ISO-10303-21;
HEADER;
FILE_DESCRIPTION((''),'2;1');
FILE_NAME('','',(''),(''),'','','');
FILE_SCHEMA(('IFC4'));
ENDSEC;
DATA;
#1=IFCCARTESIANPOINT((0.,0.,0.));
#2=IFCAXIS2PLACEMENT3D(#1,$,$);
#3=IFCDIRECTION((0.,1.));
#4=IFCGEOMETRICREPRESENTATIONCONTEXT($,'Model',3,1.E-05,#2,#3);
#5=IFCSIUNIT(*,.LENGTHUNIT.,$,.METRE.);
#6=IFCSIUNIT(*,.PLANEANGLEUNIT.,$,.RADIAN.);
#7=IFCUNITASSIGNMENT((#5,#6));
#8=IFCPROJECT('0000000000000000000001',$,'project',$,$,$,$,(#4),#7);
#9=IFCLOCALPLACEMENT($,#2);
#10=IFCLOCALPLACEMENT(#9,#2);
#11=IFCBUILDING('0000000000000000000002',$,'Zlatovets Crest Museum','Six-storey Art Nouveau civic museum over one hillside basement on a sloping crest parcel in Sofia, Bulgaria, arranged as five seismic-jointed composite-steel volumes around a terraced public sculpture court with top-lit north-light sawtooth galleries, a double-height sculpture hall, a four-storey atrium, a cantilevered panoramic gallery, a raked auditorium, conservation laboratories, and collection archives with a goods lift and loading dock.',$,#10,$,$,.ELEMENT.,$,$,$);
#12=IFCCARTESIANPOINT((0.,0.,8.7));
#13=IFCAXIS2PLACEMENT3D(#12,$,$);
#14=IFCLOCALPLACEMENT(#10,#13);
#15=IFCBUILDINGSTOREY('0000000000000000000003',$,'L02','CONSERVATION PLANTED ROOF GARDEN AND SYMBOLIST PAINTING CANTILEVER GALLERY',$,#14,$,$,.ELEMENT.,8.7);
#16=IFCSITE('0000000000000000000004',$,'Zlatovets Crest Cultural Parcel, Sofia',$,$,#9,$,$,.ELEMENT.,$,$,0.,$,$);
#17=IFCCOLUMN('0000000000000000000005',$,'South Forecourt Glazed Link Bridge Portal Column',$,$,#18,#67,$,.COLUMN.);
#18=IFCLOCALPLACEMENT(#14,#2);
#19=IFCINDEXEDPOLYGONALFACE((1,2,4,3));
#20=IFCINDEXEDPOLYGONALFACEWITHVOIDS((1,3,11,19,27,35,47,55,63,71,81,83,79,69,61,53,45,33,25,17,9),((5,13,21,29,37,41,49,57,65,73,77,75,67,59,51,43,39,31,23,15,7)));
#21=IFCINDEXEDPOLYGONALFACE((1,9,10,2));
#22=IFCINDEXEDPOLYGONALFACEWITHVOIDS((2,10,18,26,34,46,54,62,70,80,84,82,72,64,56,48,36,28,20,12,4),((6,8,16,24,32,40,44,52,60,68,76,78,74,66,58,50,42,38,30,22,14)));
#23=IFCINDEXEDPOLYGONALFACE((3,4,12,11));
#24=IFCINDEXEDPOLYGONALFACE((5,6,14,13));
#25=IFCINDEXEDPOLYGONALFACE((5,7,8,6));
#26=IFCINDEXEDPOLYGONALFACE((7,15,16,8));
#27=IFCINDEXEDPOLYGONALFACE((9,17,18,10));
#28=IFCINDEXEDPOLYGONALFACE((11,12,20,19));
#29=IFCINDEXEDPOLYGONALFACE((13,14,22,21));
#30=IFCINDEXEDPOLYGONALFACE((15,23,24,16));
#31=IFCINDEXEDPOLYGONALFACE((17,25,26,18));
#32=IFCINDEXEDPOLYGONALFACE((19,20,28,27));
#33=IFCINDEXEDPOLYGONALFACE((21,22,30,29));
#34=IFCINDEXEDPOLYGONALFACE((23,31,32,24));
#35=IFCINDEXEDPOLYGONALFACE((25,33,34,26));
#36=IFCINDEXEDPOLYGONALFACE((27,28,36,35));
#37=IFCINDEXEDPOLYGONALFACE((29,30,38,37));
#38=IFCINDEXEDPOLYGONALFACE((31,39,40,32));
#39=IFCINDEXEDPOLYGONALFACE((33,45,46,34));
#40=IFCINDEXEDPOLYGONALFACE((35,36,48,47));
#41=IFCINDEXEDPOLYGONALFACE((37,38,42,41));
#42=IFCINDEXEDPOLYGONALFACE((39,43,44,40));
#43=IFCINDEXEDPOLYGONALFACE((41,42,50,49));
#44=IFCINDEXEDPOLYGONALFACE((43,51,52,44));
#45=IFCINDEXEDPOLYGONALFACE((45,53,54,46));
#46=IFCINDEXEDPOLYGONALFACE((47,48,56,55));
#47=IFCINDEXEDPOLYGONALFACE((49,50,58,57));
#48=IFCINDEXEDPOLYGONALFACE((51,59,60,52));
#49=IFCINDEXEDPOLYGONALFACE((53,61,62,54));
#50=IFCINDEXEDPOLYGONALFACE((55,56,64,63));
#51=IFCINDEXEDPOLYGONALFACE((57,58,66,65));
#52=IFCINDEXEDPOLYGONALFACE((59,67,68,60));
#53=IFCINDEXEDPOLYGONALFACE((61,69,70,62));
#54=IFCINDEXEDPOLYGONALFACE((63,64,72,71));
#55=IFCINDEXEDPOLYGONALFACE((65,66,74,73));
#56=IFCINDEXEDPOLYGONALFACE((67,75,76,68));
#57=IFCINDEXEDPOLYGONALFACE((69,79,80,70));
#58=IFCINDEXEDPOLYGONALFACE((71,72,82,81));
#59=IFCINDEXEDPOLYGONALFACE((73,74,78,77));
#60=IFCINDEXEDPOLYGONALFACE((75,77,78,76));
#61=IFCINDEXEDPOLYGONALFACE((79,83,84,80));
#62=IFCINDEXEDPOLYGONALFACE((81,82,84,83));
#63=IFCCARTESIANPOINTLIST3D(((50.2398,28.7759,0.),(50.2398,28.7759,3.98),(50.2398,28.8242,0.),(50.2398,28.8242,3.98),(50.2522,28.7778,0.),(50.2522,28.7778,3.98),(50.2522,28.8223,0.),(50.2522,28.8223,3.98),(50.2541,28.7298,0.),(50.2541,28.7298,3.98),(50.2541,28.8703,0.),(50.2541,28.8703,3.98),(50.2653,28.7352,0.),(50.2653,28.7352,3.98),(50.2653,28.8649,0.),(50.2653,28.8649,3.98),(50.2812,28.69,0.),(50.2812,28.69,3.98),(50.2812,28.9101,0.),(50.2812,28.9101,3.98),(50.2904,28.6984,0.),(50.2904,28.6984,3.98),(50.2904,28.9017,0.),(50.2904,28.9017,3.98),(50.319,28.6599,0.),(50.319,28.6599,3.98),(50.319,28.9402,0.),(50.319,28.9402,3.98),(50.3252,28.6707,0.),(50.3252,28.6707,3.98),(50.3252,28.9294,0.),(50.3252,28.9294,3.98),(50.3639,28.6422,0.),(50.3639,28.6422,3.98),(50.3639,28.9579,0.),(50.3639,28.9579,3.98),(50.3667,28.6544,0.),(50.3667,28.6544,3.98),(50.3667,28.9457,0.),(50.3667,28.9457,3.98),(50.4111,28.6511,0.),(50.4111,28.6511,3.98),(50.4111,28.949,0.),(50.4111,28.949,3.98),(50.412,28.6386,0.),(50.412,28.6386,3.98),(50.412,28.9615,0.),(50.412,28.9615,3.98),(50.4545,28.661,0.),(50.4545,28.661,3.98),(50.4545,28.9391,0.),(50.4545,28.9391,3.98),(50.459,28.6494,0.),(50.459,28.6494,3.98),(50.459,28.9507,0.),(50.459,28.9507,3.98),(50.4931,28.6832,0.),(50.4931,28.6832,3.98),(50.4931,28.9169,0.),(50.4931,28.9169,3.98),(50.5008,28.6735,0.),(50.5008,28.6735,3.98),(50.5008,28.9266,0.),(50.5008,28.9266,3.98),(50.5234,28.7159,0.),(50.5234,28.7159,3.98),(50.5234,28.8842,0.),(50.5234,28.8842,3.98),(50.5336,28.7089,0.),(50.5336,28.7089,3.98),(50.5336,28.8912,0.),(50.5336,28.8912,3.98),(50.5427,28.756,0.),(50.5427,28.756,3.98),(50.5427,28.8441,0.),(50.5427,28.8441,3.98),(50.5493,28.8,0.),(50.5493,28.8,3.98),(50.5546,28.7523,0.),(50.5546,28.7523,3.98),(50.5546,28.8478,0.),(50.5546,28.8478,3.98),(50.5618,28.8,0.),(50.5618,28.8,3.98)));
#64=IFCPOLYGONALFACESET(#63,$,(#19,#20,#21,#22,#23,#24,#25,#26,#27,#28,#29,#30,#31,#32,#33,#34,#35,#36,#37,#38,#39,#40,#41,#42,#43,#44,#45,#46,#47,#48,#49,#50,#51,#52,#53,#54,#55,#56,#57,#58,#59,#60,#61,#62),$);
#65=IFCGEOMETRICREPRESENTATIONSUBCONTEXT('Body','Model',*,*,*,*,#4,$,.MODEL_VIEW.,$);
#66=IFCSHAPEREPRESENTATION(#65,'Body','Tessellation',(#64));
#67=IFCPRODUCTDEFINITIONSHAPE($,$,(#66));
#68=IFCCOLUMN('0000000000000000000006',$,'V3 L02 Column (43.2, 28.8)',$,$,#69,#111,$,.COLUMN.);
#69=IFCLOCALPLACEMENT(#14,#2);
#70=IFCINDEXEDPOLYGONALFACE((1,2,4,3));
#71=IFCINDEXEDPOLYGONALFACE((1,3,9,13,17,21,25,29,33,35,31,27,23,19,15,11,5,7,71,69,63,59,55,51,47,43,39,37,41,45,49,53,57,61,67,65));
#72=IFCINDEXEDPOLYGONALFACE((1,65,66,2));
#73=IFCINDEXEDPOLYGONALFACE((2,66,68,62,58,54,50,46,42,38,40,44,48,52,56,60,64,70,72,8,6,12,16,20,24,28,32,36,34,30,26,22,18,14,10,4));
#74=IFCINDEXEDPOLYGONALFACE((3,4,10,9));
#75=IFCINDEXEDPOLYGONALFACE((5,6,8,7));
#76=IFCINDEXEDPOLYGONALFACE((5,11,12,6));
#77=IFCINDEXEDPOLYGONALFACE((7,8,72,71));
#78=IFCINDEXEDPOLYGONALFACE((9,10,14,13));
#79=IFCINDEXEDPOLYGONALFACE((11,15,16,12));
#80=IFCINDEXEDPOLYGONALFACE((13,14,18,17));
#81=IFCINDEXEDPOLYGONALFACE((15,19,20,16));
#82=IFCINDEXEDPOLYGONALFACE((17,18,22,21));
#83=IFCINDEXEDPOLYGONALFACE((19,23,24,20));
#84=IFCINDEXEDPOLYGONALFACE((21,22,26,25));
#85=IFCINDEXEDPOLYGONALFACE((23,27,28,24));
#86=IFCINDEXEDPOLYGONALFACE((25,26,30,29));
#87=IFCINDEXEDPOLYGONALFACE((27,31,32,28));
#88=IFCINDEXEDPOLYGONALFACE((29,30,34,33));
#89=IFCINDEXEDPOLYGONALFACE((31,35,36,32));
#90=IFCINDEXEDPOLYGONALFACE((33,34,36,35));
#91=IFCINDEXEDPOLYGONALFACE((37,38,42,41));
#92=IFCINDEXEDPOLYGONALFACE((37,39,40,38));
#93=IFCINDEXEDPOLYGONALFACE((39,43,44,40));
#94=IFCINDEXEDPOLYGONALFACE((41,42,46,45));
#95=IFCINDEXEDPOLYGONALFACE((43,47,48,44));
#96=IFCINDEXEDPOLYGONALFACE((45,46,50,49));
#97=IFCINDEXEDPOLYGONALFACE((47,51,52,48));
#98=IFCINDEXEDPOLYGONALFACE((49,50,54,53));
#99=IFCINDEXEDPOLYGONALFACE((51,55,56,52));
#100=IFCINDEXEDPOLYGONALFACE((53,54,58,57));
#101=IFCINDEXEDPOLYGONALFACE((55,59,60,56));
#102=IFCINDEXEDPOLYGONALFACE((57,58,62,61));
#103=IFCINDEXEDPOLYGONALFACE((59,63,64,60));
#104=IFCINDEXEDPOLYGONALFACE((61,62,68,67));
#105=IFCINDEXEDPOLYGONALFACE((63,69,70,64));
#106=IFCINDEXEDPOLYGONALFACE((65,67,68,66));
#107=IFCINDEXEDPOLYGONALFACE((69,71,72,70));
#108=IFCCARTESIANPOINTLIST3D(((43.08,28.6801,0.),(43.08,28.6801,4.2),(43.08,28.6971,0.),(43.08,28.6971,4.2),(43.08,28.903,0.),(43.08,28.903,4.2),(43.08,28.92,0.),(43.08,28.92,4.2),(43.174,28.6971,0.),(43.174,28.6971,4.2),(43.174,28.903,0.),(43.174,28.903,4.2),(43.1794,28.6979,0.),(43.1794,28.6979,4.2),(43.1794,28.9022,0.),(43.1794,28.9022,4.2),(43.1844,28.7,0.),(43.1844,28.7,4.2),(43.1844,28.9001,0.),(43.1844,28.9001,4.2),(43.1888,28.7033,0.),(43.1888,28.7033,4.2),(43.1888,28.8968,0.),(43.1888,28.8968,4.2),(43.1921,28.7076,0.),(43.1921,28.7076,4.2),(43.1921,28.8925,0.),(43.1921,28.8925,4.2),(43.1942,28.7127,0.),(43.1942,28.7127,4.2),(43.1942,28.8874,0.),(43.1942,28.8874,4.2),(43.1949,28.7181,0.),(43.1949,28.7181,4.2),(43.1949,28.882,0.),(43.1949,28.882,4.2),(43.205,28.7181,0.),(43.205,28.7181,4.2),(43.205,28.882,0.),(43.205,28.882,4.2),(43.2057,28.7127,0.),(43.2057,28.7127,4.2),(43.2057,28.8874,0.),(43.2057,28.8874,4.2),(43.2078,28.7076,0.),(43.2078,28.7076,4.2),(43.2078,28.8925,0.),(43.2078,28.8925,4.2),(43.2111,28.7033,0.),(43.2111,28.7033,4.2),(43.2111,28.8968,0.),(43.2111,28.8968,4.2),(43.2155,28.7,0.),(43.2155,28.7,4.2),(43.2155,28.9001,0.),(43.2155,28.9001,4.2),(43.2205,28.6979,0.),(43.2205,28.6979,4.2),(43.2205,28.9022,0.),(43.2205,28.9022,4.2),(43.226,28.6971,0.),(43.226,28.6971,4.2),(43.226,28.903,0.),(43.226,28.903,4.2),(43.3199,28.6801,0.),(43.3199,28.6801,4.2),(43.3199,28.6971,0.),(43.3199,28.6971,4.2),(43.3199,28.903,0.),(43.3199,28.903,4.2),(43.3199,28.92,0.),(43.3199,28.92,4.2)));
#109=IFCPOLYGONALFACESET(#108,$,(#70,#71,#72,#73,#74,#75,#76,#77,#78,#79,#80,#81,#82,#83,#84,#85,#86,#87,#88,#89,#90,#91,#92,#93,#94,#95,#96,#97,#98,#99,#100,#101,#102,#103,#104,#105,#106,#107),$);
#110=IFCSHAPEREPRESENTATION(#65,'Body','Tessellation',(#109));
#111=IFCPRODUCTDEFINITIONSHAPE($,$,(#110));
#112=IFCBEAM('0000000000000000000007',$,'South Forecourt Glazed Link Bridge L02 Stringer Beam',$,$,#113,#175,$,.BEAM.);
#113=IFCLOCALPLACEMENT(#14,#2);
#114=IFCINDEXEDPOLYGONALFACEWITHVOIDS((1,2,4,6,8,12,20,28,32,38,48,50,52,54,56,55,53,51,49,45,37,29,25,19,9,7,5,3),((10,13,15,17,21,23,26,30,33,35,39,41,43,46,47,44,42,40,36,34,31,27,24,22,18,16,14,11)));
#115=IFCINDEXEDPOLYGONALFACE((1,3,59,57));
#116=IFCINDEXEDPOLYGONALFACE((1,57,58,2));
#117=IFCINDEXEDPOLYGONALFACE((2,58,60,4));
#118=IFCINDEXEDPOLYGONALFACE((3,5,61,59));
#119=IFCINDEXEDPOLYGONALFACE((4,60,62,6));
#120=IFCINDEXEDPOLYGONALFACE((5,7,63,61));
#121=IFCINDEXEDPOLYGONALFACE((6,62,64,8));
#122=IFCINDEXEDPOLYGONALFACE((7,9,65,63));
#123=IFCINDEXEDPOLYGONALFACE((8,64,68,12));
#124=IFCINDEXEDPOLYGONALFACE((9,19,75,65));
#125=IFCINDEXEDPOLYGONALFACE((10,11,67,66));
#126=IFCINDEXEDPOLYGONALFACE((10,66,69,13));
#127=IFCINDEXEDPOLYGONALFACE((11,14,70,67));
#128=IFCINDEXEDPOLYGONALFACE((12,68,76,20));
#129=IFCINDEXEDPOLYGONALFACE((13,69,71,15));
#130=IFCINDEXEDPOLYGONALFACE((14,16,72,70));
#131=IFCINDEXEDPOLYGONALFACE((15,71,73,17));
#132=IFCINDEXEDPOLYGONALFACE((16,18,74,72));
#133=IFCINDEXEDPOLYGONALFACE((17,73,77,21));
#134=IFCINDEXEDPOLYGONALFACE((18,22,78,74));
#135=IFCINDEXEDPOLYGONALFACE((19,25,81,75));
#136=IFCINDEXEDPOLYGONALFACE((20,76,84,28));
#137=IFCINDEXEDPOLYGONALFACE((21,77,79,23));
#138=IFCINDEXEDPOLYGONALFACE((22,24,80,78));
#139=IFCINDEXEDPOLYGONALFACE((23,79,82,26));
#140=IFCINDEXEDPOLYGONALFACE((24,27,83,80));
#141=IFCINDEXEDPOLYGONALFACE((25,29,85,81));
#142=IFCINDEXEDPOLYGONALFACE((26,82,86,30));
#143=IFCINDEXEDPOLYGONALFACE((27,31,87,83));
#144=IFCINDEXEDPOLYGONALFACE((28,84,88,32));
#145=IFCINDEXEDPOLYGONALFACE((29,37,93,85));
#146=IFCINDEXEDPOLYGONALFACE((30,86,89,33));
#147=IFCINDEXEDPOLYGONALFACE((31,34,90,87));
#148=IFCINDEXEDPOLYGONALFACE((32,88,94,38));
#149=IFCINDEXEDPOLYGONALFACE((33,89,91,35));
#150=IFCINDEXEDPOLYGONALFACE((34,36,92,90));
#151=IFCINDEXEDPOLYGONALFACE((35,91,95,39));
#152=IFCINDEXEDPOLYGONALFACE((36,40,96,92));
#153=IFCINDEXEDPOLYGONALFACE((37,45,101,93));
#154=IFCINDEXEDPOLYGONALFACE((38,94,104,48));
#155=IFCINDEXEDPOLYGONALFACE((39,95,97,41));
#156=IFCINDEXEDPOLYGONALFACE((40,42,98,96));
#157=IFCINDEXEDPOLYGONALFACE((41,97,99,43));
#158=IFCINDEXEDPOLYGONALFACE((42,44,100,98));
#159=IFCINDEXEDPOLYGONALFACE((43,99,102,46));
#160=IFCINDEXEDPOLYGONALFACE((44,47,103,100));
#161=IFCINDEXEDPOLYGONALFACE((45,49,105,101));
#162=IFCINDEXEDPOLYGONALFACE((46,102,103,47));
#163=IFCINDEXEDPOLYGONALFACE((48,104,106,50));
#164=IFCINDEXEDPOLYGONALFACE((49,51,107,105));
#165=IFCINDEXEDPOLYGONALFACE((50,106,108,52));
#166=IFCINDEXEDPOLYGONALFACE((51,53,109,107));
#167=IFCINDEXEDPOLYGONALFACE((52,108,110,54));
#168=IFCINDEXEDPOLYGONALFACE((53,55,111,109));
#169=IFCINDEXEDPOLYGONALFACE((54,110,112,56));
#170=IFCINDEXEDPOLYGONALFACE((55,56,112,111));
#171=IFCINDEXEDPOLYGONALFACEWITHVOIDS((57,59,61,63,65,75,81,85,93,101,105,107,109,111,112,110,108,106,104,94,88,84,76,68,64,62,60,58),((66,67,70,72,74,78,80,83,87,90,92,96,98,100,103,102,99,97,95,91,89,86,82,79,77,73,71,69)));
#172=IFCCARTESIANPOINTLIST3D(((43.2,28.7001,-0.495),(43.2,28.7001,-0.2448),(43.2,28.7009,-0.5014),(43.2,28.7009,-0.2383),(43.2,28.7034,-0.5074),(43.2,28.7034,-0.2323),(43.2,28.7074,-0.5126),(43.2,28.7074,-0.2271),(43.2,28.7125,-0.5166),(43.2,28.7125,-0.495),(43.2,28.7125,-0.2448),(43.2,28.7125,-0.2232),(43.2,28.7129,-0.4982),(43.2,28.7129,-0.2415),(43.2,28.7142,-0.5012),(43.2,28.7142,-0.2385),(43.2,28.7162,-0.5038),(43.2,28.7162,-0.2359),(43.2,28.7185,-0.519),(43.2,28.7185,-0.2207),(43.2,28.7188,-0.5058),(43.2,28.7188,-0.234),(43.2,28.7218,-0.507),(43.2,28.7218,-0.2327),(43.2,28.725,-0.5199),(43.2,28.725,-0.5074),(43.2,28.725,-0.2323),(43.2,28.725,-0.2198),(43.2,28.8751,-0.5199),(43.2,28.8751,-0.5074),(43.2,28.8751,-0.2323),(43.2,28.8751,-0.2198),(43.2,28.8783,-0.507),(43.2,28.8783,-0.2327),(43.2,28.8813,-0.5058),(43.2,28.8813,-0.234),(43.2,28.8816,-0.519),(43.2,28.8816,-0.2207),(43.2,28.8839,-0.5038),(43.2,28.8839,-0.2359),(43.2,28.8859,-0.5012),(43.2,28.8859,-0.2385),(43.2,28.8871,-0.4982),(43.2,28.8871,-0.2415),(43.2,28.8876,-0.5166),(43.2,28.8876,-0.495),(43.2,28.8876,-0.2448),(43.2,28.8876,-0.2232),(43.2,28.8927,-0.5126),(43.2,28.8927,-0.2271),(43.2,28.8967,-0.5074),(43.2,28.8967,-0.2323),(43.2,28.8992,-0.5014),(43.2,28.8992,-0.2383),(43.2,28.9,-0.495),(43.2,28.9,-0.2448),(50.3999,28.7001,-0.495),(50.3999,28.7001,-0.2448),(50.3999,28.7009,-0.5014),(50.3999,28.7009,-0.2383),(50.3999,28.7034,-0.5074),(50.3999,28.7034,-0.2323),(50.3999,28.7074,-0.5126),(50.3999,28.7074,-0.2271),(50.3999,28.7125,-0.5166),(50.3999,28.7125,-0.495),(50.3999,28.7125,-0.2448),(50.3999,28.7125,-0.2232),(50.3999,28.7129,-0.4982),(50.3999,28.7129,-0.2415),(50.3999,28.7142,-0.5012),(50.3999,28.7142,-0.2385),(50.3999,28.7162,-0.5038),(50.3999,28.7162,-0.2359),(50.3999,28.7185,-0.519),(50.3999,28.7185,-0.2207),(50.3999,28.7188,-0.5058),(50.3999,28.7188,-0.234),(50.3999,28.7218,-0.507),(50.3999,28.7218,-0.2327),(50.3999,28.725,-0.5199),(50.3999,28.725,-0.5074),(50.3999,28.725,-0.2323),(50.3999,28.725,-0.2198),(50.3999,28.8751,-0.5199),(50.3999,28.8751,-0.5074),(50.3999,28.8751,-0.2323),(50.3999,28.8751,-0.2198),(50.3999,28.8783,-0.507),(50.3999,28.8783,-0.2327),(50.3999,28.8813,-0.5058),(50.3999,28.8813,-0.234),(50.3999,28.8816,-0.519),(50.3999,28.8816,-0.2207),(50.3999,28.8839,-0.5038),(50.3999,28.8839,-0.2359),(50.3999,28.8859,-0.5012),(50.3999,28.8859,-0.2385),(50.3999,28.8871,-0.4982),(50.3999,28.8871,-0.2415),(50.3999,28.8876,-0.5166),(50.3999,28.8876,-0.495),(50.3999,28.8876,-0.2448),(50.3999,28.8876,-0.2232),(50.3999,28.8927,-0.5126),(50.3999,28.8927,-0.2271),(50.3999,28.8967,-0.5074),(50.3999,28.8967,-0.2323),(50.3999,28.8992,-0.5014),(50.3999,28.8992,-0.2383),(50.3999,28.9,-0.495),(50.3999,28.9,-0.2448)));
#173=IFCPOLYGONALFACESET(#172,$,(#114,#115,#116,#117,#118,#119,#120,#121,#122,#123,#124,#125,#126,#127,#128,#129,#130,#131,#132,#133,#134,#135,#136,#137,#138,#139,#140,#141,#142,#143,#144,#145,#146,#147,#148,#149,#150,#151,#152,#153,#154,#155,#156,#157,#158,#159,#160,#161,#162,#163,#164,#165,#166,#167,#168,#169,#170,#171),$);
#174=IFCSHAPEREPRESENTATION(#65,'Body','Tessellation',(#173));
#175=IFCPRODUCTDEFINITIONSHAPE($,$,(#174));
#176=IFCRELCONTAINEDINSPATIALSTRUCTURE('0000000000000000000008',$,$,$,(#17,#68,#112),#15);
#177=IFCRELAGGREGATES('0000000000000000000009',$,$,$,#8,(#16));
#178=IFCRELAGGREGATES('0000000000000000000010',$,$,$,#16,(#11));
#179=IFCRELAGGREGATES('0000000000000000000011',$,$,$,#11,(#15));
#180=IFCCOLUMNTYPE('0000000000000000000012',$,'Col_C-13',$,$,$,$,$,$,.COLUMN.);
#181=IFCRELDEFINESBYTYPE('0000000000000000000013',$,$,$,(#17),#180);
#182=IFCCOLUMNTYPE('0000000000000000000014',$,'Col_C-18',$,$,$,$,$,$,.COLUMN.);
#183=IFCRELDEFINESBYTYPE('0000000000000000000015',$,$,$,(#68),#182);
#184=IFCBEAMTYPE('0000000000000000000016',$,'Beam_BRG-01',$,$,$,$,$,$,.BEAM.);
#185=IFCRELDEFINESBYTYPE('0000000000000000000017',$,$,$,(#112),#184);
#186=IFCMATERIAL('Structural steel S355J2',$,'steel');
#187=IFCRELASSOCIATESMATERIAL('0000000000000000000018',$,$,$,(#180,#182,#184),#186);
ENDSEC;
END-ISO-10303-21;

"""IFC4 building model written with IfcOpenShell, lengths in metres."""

from ifc_helpers import new_model, si_unit, direction, frame, origin, origin_2d, place, context, subcontext, project, spatial, hollow_rectangle, hollow_circle, i_section, extrude, material, material_profile, profile_set, type_object, element, save


model = new_model("IFC4")

# Units and contexts
model_context = context("Model", 3, precision=1e-05, world=origin(), true_north=direction((0.0, 1.0)))
body_context = subcontext(model_context, "Body", "Model", "MODEL_VIEW")
ifc_project = project(units=[si_unit("LENGTHUNIT", "METRE"), si_unit("PLANEANGLEUNIT", "RADIAN")], contexts=[model_context])

# Site, building, storey
site_placement = place(None, origin())
site = spatial("IfcSite", under=ifc_project, at=site_placement, Name="Zlatovets Crest Cultural Parcel, Sofia", CompositionType="ELEMENT", RefElevation=0.0)
building_placement = place(site_placement, origin())
building = spatial("IfcBuilding", under=site, at=building_placement, Name="Zlatovets Crest Museum", Description="Six-storey Art Nouveau civic museum over one hillside basement on a sloping crest parcel in Sofia, Bulgaria, arranged as five seismic-jointed composite-steel volumes around a terraced public sculpture court with top-lit north-light sawtooth galleries, a double-height sculpture hall, a four-storey atrium, a cantilevered panoramic gallery, a raked auditorium, conservation laboratories, and collection archives with a goods lift and loading dock.", CompositionType="ELEMENT")
storey_placement = place(building_placement, frame((0.0, 0.0, 8.7)))
storey = spatial("IfcBuildingStorey", under=building, at=storey_placement, Name="L02", Description="CONSERVATION PLANTED ROOF GARDEN AND SYMBOLIST PAINTING CANTILEVER GALLERY", CompositionType="ELEMENT", Elevation=8.7)

# Columns
ifc_material_1 = material(Name="Structural steel S355J2", Category="steel")
ifc_material_profile_1 = material_profile(ifc_material_1, hollow_circle(Radius=0.1619, WallThickness=0.0125, at=origin_2d()), Name="CHS 323.9x12.5")
ifc_profile_set_1 = profile_set([ifc_material_profile_1], Name="Structural steel S355J2")
column_type_1 = type_object("IfcColumnType", Name="Col_C-13", PredefinedType="COLUMN", material=ifc_profile_set_1)
column_1_placement = place(storey_placement, frame((50.3999, 28.8, 0.0), z_axis=(0.0, 0.0, 1.0), x_axis=(1.0, 0.0, 0.0)))
element("IfcColumn", 1, at=column_1_placement, inside=storey, type_object=column_type_1, Name="South Forecourt Glazed Link Bridge Portal Column", PredefinedType="COLUMN", context=body_context, shape_type="SweptSolid", body=[
    extrude(hollow_circle(Radius=0.1619, WallThickness=0.0125, at=origin_2d()), origin(), (0.0, 0.0, 1.0), 3.98),
])
ifc_material_profile_2 = material_profile(ifc_material_1, i_section(OverallWidth=0.24, OverallDepth=0.24, WebThickness=0.01, FlangeThickness=0.0171, FilletRadius=0.021, at=origin_2d()), Name="HEB 240")
ifc_profile_set_2 = profile_set([ifc_material_profile_2], Name="Structural steel S355J2")
column_type_2 = type_object("IfcColumnType", Name="Col_C-18", PredefinedType="COLUMN", material=ifc_profile_set_2)
column_2_placement = place(storey_placement, frame((43.2, 28.8, 0.0), z_axis=(0.0, 0.0, 1.0), x_axis=(1.0, 0.0, 0.0)))
element("IfcColumn", 2, at=column_2_placement, inside=storey, type_object=column_type_2, Name="V3 L02 Column (43.2, 28.8)", PredefinedType="COLUMN", context=body_context, shape_type="SweptSolid", body=[
    extrude(i_section(OverallWidth=0.24, OverallDepth=0.24, WebThickness=0.01, FlangeThickness=0.0171, FilletRadius=0.021, at=origin_2d()), origin(), (0.0, 0.0, 1.0), 4.2),
])

# Beam
ifc_material_profile_3 = material_profile(ifc_material_1, hollow_rectangle(XDim=0.2, YDim=0.3, WallThickness=0.0125, InnerFilletRadius=0.0125, OuterFilletRadius=0.0249, at=origin_2d()), Name="RHS 200x300x12.5")
ifc_profile_set_3 = profile_set([ifc_material_profile_3], Name="Structural steel S355J2")
beam_type_1 = type_object("IfcBeamType", Name="Beam_BRG-01", PredefinedType="BEAM", material=ifc_profile_set_3)
beam_1_placement = place(storey_placement, frame((43.2, 28.8, -0.3699), z_axis=(1.0, 0.0, 0.0), x_axis=(0.0, 1.0, 0.0)))
element("IfcBeam", 3, at=beam_1_placement, inside=storey, type_object=beam_type_1, Name="South Forecourt Glazed Link Bridge L02 Stringer Beam", PredefinedType="BEAM", context=body_context, shape_type="SweptSolid", body=[
    extrude(hollow_rectangle(XDim=0.2, YDim=0.3, WallThickness=0.0125, InnerFilletRadius=0.0125, OuterFilletRadius=0.0249, at=origin_2d()), origin(), (0.0, 0.0, 1.0), 7.2),
])

save(model, "model.ifc")
